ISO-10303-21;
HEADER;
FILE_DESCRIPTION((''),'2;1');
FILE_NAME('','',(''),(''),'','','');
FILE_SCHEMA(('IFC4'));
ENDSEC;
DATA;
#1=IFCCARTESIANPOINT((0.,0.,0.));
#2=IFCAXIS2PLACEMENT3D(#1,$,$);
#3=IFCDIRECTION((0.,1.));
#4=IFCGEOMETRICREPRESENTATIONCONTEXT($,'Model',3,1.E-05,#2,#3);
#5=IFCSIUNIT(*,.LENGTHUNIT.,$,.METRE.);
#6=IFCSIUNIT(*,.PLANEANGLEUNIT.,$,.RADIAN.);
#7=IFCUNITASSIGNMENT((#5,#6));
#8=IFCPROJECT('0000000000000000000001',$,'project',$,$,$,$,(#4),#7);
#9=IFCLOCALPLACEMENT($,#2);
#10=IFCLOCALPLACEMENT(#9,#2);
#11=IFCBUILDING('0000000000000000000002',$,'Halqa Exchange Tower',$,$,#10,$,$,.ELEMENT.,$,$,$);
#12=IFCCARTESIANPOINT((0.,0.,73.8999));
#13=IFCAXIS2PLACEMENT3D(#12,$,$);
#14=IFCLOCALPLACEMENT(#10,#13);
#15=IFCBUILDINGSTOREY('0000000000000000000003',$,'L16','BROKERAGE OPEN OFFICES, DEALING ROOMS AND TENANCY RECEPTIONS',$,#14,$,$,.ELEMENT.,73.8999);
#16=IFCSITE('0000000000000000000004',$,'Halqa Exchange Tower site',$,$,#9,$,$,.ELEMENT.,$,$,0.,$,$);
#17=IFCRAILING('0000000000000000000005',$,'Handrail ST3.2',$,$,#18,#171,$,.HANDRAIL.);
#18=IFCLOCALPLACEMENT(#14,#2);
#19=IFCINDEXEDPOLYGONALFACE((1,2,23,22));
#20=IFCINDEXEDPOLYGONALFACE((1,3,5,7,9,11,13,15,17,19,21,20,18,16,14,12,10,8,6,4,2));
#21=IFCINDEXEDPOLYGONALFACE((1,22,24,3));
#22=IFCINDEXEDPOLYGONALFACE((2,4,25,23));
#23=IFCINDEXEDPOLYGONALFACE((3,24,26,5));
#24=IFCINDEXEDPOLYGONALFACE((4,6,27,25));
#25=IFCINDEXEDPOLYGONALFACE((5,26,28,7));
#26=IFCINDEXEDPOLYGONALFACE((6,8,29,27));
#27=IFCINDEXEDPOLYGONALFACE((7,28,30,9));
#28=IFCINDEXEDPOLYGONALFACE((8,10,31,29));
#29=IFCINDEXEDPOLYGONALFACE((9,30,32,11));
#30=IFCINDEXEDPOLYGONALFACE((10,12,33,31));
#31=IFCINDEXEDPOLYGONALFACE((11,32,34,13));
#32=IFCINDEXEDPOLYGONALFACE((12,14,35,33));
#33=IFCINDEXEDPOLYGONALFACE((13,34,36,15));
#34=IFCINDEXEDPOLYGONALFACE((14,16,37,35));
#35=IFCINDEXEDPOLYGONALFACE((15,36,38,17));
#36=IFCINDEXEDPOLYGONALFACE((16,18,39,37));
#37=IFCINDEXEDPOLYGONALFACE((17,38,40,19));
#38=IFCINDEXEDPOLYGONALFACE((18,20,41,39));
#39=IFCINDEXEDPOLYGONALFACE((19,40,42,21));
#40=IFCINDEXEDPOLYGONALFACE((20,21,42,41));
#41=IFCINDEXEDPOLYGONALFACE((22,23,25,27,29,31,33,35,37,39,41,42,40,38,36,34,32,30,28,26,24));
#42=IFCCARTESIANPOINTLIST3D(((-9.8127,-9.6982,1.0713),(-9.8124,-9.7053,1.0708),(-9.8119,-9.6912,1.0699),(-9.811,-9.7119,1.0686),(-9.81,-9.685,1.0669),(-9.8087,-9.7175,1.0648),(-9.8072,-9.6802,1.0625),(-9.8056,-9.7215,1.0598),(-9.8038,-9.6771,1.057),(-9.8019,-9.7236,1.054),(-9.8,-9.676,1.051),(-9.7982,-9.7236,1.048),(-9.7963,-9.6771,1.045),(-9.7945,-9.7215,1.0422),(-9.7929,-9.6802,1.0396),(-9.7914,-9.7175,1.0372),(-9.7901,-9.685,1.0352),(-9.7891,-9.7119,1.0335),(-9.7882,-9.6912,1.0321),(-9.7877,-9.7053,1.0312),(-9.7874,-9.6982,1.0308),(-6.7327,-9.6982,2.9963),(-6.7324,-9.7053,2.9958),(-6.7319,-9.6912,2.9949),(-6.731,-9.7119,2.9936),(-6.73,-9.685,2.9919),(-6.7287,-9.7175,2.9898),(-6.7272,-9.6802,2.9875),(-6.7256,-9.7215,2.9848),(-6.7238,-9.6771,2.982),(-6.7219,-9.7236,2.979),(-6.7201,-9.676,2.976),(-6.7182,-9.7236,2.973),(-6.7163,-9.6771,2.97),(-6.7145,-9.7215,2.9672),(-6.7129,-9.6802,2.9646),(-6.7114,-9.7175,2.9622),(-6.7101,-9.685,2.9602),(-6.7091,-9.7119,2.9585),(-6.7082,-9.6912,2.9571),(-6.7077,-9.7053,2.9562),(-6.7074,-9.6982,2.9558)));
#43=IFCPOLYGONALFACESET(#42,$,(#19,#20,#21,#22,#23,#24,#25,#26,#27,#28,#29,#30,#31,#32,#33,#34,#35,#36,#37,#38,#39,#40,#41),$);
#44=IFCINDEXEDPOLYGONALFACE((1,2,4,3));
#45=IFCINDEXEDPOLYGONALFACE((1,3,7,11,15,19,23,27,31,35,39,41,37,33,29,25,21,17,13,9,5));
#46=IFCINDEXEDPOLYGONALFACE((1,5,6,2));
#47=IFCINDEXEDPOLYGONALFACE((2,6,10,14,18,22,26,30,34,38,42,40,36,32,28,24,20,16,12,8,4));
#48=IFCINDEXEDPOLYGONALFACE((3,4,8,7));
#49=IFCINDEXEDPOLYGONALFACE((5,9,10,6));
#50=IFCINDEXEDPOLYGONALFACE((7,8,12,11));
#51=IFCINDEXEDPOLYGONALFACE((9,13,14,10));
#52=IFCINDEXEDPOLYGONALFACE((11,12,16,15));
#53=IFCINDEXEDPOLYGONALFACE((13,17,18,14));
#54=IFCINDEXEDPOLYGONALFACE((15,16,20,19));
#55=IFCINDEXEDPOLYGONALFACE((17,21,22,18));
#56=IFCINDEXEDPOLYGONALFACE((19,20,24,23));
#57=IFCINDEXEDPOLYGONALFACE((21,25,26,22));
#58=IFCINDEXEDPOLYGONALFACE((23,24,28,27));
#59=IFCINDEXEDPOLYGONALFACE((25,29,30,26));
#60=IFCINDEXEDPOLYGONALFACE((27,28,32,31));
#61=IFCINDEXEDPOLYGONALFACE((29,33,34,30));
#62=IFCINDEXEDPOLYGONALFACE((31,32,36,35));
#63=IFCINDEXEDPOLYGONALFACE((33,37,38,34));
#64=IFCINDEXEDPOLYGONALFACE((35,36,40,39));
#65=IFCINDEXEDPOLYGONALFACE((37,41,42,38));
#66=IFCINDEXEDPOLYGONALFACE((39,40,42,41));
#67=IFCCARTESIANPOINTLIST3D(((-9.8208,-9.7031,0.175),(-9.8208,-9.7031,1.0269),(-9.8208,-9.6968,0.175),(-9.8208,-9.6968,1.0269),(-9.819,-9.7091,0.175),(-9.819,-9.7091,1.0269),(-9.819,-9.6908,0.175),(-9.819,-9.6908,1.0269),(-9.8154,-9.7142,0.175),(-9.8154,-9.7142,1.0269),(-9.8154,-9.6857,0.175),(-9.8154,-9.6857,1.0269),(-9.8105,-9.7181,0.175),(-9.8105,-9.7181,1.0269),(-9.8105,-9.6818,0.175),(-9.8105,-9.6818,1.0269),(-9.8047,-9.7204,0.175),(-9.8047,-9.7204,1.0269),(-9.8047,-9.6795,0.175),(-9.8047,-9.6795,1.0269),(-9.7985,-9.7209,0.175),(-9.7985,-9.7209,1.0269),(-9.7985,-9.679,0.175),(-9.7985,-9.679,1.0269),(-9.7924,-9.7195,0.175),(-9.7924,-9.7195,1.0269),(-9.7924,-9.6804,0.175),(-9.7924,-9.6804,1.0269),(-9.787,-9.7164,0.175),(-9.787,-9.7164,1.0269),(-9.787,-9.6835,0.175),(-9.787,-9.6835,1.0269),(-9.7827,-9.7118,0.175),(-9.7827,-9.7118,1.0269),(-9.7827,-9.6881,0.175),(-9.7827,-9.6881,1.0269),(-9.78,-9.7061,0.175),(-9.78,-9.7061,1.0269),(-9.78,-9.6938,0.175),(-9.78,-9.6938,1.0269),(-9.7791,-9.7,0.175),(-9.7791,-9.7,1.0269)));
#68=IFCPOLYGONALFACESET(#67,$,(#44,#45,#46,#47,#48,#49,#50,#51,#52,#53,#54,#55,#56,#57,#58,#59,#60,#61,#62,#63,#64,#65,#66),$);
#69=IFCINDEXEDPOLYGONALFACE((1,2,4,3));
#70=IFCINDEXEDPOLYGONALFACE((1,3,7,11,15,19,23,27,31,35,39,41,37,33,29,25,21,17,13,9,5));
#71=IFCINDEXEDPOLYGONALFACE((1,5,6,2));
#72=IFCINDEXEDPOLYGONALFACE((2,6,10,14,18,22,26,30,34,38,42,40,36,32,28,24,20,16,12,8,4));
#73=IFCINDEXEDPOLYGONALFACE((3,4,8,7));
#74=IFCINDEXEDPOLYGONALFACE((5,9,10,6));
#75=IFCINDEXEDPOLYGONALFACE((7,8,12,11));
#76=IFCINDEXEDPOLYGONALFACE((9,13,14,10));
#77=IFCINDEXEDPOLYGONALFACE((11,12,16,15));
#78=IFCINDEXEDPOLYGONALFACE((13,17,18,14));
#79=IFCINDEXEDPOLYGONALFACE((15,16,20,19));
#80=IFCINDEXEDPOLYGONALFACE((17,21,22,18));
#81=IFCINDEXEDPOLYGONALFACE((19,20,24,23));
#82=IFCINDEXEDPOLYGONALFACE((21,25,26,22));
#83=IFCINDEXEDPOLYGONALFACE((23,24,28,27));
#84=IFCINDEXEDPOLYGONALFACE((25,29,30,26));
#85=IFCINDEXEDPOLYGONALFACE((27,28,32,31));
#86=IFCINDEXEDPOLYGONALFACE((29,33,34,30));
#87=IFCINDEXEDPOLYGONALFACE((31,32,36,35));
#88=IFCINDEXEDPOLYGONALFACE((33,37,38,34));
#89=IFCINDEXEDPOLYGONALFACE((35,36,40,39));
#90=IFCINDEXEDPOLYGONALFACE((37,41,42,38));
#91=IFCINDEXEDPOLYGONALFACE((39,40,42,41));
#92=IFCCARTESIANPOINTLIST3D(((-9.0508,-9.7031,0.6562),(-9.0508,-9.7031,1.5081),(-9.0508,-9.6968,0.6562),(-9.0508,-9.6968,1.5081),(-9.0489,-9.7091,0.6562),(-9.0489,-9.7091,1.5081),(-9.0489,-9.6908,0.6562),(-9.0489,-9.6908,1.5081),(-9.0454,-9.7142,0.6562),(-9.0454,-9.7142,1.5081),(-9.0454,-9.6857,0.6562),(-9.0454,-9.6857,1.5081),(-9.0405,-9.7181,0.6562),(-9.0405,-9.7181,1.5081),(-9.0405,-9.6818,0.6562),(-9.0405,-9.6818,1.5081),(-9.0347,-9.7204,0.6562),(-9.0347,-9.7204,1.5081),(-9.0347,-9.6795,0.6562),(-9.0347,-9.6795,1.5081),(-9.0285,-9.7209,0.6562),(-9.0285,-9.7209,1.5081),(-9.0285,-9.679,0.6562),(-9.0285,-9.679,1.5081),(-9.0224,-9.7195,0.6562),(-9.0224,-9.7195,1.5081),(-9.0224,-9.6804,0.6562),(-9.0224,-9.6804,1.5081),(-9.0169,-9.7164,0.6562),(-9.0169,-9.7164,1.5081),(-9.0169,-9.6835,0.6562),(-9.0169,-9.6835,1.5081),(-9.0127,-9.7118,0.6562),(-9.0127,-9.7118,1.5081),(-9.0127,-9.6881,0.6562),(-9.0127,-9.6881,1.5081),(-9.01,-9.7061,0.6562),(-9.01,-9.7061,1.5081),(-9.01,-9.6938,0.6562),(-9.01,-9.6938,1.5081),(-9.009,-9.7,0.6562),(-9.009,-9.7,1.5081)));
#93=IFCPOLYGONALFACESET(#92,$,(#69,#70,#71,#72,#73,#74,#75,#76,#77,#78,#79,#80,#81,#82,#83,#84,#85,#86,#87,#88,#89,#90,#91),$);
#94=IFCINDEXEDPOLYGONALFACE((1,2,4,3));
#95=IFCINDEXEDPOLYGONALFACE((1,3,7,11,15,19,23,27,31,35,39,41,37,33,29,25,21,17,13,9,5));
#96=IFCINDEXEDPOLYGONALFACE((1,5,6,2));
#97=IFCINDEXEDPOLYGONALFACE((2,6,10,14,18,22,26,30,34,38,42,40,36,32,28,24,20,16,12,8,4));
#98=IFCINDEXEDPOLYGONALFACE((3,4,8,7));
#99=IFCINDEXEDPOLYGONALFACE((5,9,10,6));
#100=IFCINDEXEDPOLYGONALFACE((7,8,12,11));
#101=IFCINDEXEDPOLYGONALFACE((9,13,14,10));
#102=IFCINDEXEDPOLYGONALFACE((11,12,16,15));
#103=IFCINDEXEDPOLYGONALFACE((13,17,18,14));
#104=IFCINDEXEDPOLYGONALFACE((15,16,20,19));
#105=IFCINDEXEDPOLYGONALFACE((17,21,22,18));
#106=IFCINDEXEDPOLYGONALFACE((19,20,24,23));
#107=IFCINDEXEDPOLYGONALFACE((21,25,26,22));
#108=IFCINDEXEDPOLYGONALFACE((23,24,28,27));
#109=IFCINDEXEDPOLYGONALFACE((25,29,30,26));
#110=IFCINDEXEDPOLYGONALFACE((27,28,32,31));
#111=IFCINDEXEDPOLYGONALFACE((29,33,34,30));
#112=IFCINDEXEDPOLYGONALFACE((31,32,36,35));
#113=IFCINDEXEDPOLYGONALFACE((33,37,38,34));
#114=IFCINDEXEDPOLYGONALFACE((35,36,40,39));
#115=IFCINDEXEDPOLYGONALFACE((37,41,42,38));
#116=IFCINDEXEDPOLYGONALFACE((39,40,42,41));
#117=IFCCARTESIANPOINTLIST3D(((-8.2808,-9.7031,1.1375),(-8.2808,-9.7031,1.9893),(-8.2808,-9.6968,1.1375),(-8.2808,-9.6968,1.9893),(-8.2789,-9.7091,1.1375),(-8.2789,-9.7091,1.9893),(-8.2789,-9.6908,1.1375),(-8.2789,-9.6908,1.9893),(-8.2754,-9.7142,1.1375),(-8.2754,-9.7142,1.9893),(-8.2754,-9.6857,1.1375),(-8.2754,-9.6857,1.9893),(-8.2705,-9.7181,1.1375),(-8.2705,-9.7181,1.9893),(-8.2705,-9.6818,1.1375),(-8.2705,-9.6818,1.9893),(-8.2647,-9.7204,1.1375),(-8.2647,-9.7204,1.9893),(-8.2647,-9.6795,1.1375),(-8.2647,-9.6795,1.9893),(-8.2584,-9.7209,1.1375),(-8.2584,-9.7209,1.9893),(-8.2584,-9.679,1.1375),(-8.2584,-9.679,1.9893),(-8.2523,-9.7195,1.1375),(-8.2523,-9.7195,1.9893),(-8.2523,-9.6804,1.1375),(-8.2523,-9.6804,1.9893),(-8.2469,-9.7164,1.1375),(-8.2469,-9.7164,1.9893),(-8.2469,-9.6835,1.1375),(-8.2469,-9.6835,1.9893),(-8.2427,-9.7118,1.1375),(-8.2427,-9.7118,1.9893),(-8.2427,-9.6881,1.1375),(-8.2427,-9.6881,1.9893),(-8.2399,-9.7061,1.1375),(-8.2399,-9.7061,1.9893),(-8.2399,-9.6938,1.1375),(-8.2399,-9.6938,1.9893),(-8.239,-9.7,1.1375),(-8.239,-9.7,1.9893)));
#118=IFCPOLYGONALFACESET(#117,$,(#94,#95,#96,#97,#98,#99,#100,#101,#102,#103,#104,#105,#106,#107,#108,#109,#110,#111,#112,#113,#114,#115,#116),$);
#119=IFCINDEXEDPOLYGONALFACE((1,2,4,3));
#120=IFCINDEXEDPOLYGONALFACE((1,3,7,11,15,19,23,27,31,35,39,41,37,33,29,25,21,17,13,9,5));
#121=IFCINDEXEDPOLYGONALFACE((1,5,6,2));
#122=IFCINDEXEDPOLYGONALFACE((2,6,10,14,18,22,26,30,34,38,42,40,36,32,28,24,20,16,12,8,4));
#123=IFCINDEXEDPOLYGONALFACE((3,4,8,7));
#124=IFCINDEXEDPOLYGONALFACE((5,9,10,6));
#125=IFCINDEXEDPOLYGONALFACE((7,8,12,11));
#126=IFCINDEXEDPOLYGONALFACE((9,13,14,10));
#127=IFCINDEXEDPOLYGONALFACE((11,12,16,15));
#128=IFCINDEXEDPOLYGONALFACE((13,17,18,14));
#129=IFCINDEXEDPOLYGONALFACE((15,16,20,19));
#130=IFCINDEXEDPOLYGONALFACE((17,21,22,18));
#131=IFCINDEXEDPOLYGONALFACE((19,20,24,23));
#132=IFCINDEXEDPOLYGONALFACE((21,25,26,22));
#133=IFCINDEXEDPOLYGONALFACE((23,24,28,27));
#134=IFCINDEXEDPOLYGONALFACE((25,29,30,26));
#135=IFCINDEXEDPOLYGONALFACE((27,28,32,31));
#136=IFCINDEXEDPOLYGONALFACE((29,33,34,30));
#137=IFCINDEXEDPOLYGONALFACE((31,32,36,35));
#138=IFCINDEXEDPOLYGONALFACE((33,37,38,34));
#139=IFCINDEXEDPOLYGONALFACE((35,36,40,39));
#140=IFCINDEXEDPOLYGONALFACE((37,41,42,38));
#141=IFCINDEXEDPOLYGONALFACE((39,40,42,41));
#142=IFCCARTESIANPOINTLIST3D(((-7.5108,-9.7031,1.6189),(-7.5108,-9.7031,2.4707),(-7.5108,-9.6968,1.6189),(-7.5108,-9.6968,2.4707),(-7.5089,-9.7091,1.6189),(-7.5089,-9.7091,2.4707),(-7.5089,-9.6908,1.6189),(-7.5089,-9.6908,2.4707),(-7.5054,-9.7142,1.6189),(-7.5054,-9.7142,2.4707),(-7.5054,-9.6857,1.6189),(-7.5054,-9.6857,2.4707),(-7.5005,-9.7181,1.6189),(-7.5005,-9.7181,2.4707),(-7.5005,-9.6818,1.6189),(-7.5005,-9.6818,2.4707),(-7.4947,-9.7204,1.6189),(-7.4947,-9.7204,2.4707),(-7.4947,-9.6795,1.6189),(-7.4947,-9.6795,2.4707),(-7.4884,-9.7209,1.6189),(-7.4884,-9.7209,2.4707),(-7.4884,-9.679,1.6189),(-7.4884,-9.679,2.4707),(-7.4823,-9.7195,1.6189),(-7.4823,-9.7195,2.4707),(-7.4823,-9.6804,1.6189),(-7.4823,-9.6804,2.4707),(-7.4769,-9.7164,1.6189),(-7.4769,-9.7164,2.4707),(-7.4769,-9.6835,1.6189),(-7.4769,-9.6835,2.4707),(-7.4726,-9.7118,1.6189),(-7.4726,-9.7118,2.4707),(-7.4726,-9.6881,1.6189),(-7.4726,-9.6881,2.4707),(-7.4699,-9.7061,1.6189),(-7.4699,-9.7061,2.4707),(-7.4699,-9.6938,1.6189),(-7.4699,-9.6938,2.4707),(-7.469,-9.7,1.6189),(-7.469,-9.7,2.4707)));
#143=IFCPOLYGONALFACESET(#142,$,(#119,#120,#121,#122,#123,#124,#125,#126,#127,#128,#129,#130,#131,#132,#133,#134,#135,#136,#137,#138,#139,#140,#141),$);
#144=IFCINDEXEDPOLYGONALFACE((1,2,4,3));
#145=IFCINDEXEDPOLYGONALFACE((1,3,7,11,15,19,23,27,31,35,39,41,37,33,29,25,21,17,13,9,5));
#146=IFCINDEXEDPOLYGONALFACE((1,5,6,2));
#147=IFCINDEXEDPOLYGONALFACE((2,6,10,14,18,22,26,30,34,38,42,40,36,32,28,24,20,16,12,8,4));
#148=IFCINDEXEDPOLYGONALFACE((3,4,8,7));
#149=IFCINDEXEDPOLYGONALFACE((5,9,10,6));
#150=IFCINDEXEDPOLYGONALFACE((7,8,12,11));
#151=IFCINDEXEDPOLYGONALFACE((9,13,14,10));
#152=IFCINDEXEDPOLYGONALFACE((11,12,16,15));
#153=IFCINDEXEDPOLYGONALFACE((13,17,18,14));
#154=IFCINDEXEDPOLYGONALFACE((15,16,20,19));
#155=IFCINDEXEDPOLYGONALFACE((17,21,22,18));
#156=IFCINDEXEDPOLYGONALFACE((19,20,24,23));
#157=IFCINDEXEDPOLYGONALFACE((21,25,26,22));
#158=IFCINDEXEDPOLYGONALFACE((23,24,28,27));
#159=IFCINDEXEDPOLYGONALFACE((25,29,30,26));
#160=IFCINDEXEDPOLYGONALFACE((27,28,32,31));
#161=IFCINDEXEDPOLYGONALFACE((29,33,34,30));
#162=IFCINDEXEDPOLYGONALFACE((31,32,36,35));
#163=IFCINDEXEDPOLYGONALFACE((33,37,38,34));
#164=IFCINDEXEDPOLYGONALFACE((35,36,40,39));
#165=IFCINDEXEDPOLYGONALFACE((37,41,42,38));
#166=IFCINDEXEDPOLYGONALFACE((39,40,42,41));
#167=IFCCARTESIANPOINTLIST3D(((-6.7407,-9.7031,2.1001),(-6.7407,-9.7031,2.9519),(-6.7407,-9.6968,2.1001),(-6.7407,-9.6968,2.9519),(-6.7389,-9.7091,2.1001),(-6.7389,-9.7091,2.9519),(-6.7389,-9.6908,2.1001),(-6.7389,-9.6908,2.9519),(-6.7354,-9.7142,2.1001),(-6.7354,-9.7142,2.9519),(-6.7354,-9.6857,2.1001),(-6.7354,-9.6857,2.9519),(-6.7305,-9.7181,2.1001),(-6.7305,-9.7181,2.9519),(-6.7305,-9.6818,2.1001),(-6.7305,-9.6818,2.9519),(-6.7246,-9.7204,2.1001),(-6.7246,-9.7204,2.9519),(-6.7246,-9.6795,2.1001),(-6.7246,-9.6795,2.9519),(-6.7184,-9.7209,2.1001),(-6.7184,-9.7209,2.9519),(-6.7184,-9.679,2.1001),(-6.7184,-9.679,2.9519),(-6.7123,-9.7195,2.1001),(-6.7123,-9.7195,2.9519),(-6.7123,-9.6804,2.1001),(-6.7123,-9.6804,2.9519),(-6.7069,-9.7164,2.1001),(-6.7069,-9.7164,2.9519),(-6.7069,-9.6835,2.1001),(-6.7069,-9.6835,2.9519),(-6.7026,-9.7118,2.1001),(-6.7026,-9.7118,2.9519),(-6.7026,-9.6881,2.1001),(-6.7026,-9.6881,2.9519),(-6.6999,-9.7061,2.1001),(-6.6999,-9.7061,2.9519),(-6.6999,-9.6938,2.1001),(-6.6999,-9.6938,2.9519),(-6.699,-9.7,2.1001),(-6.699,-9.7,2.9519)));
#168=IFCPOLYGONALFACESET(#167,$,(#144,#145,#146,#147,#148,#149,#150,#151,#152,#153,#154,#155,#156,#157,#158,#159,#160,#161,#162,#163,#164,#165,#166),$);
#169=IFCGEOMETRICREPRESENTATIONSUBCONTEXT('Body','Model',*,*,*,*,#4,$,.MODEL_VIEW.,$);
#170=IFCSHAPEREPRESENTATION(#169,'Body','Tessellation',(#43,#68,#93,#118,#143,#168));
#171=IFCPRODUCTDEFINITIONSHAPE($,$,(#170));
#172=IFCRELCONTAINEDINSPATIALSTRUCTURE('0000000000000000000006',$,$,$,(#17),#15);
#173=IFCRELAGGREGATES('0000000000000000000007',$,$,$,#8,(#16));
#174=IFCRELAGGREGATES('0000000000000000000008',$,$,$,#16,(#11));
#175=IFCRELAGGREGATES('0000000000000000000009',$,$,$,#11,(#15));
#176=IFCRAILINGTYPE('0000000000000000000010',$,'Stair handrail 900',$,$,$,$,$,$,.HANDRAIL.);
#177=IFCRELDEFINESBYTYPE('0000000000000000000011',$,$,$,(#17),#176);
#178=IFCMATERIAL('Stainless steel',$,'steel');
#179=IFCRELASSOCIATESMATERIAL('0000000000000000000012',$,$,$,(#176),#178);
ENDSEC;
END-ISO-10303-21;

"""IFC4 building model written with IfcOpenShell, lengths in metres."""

from ifc_helpers import new_model, si_unit, direction, frame, origin, origin_2d, place, context, subcontext, project, spatial, circle, extrude, material, type_object, element, save


model = new_model("IFC4")

# Units and contexts
model_context = context("Model", 3, precision=1e-05, world=origin(), true_north=direction((0.0, 1.0)))
body_context = subcontext(model_context, "Body", "Model", "MODEL_VIEW")
ifc_project = project(units=[si_unit("LENGTHUNIT", "METRE"), si_unit("PLANEANGLEUNIT", "RADIAN")], contexts=[model_context])

# Site, building, storey
site_placement = place(None, origin())
site = spatial("IfcSite", under=ifc_project, at=site_placement, Name="Halqa Exchange Tower site", CompositionType="ELEMENT", RefElevation=0.0)
building_placement = place(site_placement, origin())
building = spatial("IfcBuilding", under=site, at=building_placement, Name="Halqa Exchange Tower", CompositionType="ELEMENT")
storey_placement = place(building_placement, frame((0.0, 0.0, 73.8999)))
storey = spatial("IfcBuildingStorey", under=building, at=storey_placement, Name="L16", Description="BROKERAGE OPEN OFFICES, DEALING ROOMS AND TENANCY RECEPTIONS", CompositionType="ELEMENT", Elevation=73.8999)

# Shared definitions
ifc_material_1 = material(Name="Stainless steel", Category="steel")

# Railing
railing_type_1 = type_object("IfcRailingType", Name="Stair handrail 900", PredefinedType="HANDRAIL", material=ifc_material_1)
railing_1_placement = place(storey_placement, frame((-9.8, -9.7, 0.175)))
element("IfcRailing", 1, at=railing_1_placement, inside=storey, type_object=railing_type_1, Name="Handrail ST3.2", PredefinedType="HANDRAIL", context=body_context, shape_type="SweptSolid", body=[
    extrude(circle(Radius=0.0239, at=origin_2d()), frame((0.0, 0.0, 0.876), z_axis=(0.847998, 0.0, 0.529999), x_axis=(0.0, 1.0, 0.0)), (0.0, 0.0, 1.0), 3.6321),
    extrude(circle(Radius=0.021, at=origin_2d()), origin(), (0.0, 0.0, 1.0), 0.8518),
    extrude(circle(Radius=0.021, at=origin_2d()), frame((0.77, 0.0, 0.4812)), (0.0, 0.0, 1.0), 0.8518),
    extrude(circle(Radius=0.021, at=origin_2d()), frame((1.54, 0.0, 0.9624)), (0.0, 0.0, 1.0), 0.8518),
    extrude(circle(Radius=0.021, at=origin_2d()), frame((2.3101, 0.0, 1.4438)), (0.0, 0.0, 1.0), 0.8518),
    extrude(circle(Radius=0.021, at=origin_2d()), frame((3.0801, 0.0, 1.925)), (0.0, 0.0, 1.0), 0.8518),
])

save(model, "model.ifc")
